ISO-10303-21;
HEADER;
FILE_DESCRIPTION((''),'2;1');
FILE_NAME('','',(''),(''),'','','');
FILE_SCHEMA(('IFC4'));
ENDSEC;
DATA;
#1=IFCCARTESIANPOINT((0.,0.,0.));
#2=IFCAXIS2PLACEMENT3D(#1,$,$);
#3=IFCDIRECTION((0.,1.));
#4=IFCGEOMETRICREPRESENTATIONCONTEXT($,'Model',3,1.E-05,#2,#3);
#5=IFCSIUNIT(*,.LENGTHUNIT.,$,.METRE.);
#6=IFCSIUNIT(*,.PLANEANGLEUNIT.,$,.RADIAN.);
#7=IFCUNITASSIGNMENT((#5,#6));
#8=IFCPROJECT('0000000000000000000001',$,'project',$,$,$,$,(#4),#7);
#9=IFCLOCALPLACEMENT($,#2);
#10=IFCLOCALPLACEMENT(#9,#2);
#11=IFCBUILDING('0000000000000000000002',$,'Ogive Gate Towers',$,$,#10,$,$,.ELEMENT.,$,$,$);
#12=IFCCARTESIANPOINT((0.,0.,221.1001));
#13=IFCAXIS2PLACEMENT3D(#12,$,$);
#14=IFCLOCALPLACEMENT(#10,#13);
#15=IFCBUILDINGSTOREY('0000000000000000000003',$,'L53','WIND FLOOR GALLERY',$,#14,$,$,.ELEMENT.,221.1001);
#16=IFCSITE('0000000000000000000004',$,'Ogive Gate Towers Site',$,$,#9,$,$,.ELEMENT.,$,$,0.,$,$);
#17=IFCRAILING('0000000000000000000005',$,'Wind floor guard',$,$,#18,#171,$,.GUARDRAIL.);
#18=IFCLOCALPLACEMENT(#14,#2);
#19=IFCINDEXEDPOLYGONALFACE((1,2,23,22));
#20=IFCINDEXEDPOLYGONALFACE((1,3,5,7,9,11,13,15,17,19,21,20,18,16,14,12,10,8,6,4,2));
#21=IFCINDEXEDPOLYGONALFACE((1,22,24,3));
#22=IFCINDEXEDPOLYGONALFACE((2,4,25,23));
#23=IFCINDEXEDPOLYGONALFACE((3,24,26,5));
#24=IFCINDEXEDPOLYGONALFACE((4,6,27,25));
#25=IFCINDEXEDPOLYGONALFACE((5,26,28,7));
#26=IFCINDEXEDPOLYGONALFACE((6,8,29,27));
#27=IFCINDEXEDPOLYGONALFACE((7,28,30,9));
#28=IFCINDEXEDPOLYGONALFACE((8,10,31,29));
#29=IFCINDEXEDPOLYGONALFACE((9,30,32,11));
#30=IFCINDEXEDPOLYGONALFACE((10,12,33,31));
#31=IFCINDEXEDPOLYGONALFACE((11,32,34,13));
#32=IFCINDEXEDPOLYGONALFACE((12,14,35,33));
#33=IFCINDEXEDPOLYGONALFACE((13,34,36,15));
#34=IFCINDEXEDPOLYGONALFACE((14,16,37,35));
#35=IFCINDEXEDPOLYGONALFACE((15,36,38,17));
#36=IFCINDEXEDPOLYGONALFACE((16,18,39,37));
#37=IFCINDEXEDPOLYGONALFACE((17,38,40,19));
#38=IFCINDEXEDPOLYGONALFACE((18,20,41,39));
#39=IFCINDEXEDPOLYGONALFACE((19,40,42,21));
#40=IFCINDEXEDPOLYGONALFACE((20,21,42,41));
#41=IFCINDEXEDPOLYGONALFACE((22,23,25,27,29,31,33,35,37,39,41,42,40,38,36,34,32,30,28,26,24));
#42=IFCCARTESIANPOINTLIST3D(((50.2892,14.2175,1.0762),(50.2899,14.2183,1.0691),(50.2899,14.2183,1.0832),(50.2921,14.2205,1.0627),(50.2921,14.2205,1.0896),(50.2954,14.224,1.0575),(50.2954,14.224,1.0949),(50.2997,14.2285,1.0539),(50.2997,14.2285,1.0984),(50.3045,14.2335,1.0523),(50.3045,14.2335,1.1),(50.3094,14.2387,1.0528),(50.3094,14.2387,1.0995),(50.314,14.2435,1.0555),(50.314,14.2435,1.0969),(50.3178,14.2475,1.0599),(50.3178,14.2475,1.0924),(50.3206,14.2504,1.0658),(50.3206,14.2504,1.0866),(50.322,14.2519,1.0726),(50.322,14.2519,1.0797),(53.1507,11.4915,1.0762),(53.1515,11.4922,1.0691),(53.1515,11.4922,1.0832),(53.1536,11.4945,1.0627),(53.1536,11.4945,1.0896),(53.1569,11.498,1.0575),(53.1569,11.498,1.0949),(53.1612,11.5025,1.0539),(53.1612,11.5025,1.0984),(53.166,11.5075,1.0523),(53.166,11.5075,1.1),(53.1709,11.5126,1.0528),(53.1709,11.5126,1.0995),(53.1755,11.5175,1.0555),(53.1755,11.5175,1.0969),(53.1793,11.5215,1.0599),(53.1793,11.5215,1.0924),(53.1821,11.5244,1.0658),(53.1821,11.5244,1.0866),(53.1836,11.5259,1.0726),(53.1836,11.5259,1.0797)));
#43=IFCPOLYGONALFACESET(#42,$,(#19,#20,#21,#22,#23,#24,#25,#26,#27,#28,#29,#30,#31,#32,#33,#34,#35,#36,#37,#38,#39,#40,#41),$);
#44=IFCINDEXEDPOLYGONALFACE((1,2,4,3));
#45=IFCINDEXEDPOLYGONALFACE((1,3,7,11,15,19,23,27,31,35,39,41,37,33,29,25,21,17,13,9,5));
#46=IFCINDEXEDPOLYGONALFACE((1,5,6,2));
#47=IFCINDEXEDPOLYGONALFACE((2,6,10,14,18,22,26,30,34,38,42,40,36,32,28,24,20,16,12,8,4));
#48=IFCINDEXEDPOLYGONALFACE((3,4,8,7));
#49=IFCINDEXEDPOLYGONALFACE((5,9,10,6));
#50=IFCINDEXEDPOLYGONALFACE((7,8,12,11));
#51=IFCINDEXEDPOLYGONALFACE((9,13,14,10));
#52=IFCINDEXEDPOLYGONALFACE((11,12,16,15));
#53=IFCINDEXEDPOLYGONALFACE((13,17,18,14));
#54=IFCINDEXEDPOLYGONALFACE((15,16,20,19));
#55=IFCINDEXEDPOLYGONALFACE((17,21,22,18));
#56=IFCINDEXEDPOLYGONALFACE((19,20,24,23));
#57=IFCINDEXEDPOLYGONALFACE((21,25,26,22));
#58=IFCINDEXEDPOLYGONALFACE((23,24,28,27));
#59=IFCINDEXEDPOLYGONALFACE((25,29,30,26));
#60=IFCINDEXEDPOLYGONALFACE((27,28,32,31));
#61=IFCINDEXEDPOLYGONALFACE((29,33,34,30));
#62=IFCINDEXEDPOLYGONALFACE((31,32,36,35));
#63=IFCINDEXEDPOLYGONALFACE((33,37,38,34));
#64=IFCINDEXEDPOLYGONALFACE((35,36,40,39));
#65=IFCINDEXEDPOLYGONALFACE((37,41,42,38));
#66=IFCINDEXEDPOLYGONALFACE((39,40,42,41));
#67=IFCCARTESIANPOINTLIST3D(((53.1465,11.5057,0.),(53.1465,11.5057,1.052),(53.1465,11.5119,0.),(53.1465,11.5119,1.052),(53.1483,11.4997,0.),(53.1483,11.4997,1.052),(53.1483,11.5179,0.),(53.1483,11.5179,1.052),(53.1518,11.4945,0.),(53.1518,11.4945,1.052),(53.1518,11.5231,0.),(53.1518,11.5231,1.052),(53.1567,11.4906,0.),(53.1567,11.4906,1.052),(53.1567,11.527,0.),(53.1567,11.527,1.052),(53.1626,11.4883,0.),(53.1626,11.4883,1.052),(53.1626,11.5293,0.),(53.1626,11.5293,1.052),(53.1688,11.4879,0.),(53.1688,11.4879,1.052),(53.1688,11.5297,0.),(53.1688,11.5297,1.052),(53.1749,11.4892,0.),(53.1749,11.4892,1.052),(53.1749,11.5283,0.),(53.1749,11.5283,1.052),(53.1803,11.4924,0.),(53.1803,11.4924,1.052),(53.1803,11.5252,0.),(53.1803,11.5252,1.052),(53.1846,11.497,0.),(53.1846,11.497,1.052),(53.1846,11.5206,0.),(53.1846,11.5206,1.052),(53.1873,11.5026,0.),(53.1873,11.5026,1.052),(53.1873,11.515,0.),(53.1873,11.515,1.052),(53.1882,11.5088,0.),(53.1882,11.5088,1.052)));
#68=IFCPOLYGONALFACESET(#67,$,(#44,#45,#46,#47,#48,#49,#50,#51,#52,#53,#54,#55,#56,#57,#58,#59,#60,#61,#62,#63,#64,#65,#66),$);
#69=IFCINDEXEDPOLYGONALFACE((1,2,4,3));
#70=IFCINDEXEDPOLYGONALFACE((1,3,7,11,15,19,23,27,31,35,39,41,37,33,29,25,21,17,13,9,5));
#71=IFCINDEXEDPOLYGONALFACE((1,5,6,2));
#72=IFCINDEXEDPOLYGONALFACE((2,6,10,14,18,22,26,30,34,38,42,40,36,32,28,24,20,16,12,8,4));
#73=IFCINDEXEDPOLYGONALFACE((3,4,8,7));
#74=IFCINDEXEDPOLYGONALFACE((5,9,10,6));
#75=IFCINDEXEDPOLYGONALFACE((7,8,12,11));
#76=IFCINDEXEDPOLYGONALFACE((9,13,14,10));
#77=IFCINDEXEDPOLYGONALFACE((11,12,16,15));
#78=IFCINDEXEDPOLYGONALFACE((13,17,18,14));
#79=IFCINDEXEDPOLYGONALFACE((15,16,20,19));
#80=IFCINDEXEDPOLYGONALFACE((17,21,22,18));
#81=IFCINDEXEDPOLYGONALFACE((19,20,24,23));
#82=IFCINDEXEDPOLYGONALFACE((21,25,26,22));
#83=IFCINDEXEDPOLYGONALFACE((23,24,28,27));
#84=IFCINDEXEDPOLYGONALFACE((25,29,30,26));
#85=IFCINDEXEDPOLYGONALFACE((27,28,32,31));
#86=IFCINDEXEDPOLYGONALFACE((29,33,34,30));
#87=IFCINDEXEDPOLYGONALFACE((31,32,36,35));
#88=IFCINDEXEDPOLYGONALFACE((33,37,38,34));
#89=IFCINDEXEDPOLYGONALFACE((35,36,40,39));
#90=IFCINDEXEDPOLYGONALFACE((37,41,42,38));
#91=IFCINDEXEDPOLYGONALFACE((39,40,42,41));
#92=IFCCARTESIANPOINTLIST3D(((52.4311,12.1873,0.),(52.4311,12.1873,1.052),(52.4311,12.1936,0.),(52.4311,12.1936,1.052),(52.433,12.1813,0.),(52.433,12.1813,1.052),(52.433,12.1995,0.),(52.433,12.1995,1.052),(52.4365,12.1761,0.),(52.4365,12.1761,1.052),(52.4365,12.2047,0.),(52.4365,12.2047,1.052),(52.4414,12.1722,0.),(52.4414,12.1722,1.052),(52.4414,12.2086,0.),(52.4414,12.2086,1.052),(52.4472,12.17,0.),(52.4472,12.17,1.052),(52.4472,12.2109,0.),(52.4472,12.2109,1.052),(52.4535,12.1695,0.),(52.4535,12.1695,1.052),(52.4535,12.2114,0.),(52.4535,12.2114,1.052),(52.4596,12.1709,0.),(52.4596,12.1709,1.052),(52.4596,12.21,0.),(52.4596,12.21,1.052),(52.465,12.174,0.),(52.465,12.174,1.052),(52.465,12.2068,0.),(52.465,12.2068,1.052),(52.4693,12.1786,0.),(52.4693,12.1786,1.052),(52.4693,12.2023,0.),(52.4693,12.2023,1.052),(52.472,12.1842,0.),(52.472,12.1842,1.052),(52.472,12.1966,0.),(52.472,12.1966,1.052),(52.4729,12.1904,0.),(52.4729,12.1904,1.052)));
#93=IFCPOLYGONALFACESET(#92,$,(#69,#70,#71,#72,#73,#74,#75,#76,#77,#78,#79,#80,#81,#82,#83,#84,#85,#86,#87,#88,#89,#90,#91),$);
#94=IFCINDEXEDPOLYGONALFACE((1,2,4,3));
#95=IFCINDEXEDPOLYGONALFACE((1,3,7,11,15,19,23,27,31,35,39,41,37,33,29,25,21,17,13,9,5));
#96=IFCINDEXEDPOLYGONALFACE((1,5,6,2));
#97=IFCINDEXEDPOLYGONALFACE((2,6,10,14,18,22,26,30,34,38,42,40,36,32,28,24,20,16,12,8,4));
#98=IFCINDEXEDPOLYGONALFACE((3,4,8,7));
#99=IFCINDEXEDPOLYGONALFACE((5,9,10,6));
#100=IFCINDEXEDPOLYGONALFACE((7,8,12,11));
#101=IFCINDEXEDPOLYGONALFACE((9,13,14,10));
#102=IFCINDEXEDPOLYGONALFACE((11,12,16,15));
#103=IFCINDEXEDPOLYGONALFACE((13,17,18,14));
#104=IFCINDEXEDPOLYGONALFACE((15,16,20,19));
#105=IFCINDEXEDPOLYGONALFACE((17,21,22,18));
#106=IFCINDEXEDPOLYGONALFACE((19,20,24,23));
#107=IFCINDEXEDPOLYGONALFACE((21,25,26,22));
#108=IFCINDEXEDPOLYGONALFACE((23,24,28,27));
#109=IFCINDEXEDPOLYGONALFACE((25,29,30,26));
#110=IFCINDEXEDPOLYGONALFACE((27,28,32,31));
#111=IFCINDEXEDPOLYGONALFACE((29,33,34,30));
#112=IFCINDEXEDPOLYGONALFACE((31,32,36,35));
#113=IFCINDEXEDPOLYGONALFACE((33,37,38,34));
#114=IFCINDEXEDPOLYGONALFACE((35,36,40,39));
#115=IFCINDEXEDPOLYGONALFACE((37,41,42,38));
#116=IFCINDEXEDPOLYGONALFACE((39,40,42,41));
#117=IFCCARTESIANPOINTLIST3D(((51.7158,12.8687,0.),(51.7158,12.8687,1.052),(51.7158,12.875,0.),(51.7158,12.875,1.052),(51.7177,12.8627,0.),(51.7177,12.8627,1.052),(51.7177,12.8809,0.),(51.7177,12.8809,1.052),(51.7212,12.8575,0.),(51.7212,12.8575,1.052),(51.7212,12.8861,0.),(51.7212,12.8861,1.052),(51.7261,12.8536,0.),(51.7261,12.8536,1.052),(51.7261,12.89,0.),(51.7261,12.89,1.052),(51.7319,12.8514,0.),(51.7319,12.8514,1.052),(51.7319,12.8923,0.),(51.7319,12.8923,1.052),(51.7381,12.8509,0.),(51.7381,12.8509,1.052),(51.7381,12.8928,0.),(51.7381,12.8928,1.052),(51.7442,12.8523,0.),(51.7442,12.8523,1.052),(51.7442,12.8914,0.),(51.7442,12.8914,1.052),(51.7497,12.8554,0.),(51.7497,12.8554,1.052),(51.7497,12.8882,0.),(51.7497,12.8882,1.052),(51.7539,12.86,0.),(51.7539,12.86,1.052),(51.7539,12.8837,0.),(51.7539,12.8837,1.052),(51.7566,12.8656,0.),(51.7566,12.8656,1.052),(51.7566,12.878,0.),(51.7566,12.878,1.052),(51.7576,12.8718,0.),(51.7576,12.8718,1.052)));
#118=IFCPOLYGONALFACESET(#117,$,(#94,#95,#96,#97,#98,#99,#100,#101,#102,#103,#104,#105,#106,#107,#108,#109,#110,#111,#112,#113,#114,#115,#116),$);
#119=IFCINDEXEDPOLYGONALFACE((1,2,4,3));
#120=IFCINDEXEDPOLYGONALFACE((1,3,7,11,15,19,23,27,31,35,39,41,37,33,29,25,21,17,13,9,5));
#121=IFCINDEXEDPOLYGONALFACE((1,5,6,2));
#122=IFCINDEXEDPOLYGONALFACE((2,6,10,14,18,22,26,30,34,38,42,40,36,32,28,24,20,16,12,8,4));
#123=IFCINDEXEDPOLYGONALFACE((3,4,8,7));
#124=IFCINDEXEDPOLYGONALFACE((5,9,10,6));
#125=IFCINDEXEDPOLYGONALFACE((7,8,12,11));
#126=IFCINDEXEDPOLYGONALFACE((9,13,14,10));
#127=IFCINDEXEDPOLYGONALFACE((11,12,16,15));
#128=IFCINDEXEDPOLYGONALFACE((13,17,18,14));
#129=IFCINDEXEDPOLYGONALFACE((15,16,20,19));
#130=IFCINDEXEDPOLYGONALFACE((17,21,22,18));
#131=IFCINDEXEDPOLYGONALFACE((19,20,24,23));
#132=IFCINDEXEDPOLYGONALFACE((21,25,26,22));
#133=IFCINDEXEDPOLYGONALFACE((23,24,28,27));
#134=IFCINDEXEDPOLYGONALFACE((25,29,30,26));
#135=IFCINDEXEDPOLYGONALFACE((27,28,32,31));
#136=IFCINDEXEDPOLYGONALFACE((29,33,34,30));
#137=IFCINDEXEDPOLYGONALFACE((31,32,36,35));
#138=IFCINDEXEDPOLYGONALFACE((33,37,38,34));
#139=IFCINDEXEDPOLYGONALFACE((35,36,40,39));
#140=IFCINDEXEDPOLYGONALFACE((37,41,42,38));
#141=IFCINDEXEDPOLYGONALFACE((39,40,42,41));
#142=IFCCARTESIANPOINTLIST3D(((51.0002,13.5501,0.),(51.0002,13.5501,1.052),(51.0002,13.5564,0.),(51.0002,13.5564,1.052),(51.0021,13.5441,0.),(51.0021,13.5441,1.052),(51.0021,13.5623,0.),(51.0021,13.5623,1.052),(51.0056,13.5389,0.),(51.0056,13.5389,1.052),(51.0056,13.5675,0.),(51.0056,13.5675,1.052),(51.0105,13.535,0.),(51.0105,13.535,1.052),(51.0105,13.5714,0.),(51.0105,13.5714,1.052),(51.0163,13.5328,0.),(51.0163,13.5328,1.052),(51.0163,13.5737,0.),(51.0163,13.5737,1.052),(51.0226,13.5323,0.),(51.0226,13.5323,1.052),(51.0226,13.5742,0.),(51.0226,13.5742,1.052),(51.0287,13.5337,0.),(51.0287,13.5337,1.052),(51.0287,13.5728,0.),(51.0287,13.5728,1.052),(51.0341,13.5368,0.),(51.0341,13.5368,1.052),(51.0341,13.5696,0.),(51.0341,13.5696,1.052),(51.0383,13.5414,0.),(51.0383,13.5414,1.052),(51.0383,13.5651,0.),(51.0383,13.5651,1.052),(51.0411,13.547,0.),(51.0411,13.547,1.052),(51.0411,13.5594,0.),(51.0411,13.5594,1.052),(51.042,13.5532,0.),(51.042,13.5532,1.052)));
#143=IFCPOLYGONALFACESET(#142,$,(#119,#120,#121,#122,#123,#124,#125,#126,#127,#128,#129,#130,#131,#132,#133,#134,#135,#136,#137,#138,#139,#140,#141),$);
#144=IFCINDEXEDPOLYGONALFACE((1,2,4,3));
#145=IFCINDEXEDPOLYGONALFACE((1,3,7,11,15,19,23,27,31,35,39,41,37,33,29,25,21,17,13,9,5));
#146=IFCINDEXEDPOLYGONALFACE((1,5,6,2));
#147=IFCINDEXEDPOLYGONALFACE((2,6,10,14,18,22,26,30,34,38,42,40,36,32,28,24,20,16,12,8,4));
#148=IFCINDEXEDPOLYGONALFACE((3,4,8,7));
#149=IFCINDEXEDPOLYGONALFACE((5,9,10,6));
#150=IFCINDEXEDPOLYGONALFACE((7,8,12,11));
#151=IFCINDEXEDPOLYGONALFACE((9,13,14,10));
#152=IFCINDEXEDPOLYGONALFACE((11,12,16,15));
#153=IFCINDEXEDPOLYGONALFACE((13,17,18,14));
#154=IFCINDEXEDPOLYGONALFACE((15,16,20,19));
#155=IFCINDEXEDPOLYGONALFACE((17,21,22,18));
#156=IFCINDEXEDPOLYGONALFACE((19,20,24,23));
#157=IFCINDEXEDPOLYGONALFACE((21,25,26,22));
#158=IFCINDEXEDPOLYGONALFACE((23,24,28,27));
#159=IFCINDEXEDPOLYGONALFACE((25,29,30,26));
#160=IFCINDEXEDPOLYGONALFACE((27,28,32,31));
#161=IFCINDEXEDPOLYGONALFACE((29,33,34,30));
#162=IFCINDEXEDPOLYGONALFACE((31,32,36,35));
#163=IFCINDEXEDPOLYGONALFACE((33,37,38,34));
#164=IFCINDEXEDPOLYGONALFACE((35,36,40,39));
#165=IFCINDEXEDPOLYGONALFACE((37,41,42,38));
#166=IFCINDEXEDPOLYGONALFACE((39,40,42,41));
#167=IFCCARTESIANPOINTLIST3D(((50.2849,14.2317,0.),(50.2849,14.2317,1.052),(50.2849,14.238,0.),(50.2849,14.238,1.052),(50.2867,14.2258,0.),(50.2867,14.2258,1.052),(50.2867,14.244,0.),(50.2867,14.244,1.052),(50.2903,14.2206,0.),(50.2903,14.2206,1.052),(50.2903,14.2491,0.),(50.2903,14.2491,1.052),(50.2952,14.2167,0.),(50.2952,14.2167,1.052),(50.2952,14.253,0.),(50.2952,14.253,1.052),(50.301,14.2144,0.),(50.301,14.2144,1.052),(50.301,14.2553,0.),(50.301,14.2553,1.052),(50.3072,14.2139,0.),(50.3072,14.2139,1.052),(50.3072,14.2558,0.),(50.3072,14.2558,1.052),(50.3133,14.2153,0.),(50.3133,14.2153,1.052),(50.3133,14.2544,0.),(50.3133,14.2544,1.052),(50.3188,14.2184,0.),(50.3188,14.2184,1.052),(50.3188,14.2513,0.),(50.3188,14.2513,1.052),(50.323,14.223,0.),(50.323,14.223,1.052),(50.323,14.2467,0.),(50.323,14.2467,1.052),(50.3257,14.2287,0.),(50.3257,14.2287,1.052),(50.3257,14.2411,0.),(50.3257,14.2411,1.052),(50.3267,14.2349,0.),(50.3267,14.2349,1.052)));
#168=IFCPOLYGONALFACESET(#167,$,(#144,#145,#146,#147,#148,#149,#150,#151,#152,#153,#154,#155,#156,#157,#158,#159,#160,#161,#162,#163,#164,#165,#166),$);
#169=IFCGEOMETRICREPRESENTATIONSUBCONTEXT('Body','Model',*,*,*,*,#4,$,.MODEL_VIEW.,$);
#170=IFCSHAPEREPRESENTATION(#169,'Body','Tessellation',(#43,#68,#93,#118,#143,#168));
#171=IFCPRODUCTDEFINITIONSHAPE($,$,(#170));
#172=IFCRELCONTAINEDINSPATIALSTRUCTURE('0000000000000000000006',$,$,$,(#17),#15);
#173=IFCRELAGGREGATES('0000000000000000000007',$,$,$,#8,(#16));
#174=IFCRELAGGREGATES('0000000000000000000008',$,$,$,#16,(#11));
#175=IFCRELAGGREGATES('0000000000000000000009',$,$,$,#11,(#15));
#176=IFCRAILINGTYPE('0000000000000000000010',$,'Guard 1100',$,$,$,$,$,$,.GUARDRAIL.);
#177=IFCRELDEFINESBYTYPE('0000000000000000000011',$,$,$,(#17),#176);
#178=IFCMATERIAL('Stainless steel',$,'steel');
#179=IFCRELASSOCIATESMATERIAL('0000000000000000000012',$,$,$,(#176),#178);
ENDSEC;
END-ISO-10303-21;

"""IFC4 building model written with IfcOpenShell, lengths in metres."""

from ifc_helpers import new_model, si_unit, direction, frame, origin, origin_2d, place, context, subcontext, project, spatial, circle, extrude, material, type_object, element, save


model = new_model("IFC4")

# Units and contexts
model_context = context("Model", 3, precision=1e-05, world=origin(), true_north=direction((0.0, 1.0)))
body_context = subcontext(model_context, "Body", "Model", "MODEL_VIEW")
ifc_project = project(units=[si_unit("LENGTHUNIT", "METRE"), si_unit("PLANEANGLEUNIT", "RADIAN")], contexts=[model_context])

# Site, building, storey
site_placement = place(None, origin())
site = spatial("IfcSite", under=ifc_project, at=site_placement, Name="Ogive Gate Towers Site", CompositionType="ELEMENT", RefElevation=0.0)
building_placement = place(site_placement, origin())
building = spatial("IfcBuilding", under=site, at=building_placement, Name="Ogive Gate Towers", CompositionType="ELEMENT")
storey_placement = place(building_placement, frame((0.0, 0.0, 221.1001)))
storey = spatial("IfcBuildingStorey", under=building, at=storey_placement, Name="L53", Description="WIND FLOOR GALLERY", CompositionType="ELEMENT", Elevation=221.1001)

# Railing
ifc_material_1 = material(Name="Stainless steel", Category="steel")
railing_type_1 = type_object("IfcRailingType", Name="Guard 1100", PredefinedType="GUARDRAIL", material=ifc_material_1)
railing_1_placement = place(storey_placement, frame((53.1672, 11.5088, 0.0)))
element("IfcRailing", 1, at=railing_1_placement, inside=storey, type_object=railing_type_1, Name="Wind floor guard", PredefinedType="GUARDRAIL", context=body_context, shape_type="SweptSolid", body=[
    extrude(circle(Radius=0.0239, at=origin_2d()), frame((0.0, 0.0, 1.0762), z_axis=(-0.724041, 0.689757, 0.0), x_axis=(-0.689757, -0.724041, 0.0)), (0.0, 0.0, 1.0), 3.9521),
    extrude(circle(Radius=0.021, at=origin_2d()), origin(), (0.0, 0.0, 1.0), 1.052),
    extrude(circle(Radius=0.021, at=origin_2d()), frame((-0.7153, 0.6816, 0.0)), (0.0, 0.0, 1.0), 1.052),
    extrude(circle(Radius=0.021, at=origin_2d()), frame((-1.4307, 1.363, 0.0)), (0.0, 0.0, 1.0), 1.052),
    extrude(circle(Radius=0.021, at=origin_2d()), frame((-2.1462, 2.0444, 0.0)), (0.0, 0.0, 1.0), 1.052),
    extrude(circle(Radius=0.021, at=origin_2d()), frame((-2.8616, 2.7261, 0.0)), (0.0, 0.0, 1.0), 1.052),
])

save(model, "model.ifc")
